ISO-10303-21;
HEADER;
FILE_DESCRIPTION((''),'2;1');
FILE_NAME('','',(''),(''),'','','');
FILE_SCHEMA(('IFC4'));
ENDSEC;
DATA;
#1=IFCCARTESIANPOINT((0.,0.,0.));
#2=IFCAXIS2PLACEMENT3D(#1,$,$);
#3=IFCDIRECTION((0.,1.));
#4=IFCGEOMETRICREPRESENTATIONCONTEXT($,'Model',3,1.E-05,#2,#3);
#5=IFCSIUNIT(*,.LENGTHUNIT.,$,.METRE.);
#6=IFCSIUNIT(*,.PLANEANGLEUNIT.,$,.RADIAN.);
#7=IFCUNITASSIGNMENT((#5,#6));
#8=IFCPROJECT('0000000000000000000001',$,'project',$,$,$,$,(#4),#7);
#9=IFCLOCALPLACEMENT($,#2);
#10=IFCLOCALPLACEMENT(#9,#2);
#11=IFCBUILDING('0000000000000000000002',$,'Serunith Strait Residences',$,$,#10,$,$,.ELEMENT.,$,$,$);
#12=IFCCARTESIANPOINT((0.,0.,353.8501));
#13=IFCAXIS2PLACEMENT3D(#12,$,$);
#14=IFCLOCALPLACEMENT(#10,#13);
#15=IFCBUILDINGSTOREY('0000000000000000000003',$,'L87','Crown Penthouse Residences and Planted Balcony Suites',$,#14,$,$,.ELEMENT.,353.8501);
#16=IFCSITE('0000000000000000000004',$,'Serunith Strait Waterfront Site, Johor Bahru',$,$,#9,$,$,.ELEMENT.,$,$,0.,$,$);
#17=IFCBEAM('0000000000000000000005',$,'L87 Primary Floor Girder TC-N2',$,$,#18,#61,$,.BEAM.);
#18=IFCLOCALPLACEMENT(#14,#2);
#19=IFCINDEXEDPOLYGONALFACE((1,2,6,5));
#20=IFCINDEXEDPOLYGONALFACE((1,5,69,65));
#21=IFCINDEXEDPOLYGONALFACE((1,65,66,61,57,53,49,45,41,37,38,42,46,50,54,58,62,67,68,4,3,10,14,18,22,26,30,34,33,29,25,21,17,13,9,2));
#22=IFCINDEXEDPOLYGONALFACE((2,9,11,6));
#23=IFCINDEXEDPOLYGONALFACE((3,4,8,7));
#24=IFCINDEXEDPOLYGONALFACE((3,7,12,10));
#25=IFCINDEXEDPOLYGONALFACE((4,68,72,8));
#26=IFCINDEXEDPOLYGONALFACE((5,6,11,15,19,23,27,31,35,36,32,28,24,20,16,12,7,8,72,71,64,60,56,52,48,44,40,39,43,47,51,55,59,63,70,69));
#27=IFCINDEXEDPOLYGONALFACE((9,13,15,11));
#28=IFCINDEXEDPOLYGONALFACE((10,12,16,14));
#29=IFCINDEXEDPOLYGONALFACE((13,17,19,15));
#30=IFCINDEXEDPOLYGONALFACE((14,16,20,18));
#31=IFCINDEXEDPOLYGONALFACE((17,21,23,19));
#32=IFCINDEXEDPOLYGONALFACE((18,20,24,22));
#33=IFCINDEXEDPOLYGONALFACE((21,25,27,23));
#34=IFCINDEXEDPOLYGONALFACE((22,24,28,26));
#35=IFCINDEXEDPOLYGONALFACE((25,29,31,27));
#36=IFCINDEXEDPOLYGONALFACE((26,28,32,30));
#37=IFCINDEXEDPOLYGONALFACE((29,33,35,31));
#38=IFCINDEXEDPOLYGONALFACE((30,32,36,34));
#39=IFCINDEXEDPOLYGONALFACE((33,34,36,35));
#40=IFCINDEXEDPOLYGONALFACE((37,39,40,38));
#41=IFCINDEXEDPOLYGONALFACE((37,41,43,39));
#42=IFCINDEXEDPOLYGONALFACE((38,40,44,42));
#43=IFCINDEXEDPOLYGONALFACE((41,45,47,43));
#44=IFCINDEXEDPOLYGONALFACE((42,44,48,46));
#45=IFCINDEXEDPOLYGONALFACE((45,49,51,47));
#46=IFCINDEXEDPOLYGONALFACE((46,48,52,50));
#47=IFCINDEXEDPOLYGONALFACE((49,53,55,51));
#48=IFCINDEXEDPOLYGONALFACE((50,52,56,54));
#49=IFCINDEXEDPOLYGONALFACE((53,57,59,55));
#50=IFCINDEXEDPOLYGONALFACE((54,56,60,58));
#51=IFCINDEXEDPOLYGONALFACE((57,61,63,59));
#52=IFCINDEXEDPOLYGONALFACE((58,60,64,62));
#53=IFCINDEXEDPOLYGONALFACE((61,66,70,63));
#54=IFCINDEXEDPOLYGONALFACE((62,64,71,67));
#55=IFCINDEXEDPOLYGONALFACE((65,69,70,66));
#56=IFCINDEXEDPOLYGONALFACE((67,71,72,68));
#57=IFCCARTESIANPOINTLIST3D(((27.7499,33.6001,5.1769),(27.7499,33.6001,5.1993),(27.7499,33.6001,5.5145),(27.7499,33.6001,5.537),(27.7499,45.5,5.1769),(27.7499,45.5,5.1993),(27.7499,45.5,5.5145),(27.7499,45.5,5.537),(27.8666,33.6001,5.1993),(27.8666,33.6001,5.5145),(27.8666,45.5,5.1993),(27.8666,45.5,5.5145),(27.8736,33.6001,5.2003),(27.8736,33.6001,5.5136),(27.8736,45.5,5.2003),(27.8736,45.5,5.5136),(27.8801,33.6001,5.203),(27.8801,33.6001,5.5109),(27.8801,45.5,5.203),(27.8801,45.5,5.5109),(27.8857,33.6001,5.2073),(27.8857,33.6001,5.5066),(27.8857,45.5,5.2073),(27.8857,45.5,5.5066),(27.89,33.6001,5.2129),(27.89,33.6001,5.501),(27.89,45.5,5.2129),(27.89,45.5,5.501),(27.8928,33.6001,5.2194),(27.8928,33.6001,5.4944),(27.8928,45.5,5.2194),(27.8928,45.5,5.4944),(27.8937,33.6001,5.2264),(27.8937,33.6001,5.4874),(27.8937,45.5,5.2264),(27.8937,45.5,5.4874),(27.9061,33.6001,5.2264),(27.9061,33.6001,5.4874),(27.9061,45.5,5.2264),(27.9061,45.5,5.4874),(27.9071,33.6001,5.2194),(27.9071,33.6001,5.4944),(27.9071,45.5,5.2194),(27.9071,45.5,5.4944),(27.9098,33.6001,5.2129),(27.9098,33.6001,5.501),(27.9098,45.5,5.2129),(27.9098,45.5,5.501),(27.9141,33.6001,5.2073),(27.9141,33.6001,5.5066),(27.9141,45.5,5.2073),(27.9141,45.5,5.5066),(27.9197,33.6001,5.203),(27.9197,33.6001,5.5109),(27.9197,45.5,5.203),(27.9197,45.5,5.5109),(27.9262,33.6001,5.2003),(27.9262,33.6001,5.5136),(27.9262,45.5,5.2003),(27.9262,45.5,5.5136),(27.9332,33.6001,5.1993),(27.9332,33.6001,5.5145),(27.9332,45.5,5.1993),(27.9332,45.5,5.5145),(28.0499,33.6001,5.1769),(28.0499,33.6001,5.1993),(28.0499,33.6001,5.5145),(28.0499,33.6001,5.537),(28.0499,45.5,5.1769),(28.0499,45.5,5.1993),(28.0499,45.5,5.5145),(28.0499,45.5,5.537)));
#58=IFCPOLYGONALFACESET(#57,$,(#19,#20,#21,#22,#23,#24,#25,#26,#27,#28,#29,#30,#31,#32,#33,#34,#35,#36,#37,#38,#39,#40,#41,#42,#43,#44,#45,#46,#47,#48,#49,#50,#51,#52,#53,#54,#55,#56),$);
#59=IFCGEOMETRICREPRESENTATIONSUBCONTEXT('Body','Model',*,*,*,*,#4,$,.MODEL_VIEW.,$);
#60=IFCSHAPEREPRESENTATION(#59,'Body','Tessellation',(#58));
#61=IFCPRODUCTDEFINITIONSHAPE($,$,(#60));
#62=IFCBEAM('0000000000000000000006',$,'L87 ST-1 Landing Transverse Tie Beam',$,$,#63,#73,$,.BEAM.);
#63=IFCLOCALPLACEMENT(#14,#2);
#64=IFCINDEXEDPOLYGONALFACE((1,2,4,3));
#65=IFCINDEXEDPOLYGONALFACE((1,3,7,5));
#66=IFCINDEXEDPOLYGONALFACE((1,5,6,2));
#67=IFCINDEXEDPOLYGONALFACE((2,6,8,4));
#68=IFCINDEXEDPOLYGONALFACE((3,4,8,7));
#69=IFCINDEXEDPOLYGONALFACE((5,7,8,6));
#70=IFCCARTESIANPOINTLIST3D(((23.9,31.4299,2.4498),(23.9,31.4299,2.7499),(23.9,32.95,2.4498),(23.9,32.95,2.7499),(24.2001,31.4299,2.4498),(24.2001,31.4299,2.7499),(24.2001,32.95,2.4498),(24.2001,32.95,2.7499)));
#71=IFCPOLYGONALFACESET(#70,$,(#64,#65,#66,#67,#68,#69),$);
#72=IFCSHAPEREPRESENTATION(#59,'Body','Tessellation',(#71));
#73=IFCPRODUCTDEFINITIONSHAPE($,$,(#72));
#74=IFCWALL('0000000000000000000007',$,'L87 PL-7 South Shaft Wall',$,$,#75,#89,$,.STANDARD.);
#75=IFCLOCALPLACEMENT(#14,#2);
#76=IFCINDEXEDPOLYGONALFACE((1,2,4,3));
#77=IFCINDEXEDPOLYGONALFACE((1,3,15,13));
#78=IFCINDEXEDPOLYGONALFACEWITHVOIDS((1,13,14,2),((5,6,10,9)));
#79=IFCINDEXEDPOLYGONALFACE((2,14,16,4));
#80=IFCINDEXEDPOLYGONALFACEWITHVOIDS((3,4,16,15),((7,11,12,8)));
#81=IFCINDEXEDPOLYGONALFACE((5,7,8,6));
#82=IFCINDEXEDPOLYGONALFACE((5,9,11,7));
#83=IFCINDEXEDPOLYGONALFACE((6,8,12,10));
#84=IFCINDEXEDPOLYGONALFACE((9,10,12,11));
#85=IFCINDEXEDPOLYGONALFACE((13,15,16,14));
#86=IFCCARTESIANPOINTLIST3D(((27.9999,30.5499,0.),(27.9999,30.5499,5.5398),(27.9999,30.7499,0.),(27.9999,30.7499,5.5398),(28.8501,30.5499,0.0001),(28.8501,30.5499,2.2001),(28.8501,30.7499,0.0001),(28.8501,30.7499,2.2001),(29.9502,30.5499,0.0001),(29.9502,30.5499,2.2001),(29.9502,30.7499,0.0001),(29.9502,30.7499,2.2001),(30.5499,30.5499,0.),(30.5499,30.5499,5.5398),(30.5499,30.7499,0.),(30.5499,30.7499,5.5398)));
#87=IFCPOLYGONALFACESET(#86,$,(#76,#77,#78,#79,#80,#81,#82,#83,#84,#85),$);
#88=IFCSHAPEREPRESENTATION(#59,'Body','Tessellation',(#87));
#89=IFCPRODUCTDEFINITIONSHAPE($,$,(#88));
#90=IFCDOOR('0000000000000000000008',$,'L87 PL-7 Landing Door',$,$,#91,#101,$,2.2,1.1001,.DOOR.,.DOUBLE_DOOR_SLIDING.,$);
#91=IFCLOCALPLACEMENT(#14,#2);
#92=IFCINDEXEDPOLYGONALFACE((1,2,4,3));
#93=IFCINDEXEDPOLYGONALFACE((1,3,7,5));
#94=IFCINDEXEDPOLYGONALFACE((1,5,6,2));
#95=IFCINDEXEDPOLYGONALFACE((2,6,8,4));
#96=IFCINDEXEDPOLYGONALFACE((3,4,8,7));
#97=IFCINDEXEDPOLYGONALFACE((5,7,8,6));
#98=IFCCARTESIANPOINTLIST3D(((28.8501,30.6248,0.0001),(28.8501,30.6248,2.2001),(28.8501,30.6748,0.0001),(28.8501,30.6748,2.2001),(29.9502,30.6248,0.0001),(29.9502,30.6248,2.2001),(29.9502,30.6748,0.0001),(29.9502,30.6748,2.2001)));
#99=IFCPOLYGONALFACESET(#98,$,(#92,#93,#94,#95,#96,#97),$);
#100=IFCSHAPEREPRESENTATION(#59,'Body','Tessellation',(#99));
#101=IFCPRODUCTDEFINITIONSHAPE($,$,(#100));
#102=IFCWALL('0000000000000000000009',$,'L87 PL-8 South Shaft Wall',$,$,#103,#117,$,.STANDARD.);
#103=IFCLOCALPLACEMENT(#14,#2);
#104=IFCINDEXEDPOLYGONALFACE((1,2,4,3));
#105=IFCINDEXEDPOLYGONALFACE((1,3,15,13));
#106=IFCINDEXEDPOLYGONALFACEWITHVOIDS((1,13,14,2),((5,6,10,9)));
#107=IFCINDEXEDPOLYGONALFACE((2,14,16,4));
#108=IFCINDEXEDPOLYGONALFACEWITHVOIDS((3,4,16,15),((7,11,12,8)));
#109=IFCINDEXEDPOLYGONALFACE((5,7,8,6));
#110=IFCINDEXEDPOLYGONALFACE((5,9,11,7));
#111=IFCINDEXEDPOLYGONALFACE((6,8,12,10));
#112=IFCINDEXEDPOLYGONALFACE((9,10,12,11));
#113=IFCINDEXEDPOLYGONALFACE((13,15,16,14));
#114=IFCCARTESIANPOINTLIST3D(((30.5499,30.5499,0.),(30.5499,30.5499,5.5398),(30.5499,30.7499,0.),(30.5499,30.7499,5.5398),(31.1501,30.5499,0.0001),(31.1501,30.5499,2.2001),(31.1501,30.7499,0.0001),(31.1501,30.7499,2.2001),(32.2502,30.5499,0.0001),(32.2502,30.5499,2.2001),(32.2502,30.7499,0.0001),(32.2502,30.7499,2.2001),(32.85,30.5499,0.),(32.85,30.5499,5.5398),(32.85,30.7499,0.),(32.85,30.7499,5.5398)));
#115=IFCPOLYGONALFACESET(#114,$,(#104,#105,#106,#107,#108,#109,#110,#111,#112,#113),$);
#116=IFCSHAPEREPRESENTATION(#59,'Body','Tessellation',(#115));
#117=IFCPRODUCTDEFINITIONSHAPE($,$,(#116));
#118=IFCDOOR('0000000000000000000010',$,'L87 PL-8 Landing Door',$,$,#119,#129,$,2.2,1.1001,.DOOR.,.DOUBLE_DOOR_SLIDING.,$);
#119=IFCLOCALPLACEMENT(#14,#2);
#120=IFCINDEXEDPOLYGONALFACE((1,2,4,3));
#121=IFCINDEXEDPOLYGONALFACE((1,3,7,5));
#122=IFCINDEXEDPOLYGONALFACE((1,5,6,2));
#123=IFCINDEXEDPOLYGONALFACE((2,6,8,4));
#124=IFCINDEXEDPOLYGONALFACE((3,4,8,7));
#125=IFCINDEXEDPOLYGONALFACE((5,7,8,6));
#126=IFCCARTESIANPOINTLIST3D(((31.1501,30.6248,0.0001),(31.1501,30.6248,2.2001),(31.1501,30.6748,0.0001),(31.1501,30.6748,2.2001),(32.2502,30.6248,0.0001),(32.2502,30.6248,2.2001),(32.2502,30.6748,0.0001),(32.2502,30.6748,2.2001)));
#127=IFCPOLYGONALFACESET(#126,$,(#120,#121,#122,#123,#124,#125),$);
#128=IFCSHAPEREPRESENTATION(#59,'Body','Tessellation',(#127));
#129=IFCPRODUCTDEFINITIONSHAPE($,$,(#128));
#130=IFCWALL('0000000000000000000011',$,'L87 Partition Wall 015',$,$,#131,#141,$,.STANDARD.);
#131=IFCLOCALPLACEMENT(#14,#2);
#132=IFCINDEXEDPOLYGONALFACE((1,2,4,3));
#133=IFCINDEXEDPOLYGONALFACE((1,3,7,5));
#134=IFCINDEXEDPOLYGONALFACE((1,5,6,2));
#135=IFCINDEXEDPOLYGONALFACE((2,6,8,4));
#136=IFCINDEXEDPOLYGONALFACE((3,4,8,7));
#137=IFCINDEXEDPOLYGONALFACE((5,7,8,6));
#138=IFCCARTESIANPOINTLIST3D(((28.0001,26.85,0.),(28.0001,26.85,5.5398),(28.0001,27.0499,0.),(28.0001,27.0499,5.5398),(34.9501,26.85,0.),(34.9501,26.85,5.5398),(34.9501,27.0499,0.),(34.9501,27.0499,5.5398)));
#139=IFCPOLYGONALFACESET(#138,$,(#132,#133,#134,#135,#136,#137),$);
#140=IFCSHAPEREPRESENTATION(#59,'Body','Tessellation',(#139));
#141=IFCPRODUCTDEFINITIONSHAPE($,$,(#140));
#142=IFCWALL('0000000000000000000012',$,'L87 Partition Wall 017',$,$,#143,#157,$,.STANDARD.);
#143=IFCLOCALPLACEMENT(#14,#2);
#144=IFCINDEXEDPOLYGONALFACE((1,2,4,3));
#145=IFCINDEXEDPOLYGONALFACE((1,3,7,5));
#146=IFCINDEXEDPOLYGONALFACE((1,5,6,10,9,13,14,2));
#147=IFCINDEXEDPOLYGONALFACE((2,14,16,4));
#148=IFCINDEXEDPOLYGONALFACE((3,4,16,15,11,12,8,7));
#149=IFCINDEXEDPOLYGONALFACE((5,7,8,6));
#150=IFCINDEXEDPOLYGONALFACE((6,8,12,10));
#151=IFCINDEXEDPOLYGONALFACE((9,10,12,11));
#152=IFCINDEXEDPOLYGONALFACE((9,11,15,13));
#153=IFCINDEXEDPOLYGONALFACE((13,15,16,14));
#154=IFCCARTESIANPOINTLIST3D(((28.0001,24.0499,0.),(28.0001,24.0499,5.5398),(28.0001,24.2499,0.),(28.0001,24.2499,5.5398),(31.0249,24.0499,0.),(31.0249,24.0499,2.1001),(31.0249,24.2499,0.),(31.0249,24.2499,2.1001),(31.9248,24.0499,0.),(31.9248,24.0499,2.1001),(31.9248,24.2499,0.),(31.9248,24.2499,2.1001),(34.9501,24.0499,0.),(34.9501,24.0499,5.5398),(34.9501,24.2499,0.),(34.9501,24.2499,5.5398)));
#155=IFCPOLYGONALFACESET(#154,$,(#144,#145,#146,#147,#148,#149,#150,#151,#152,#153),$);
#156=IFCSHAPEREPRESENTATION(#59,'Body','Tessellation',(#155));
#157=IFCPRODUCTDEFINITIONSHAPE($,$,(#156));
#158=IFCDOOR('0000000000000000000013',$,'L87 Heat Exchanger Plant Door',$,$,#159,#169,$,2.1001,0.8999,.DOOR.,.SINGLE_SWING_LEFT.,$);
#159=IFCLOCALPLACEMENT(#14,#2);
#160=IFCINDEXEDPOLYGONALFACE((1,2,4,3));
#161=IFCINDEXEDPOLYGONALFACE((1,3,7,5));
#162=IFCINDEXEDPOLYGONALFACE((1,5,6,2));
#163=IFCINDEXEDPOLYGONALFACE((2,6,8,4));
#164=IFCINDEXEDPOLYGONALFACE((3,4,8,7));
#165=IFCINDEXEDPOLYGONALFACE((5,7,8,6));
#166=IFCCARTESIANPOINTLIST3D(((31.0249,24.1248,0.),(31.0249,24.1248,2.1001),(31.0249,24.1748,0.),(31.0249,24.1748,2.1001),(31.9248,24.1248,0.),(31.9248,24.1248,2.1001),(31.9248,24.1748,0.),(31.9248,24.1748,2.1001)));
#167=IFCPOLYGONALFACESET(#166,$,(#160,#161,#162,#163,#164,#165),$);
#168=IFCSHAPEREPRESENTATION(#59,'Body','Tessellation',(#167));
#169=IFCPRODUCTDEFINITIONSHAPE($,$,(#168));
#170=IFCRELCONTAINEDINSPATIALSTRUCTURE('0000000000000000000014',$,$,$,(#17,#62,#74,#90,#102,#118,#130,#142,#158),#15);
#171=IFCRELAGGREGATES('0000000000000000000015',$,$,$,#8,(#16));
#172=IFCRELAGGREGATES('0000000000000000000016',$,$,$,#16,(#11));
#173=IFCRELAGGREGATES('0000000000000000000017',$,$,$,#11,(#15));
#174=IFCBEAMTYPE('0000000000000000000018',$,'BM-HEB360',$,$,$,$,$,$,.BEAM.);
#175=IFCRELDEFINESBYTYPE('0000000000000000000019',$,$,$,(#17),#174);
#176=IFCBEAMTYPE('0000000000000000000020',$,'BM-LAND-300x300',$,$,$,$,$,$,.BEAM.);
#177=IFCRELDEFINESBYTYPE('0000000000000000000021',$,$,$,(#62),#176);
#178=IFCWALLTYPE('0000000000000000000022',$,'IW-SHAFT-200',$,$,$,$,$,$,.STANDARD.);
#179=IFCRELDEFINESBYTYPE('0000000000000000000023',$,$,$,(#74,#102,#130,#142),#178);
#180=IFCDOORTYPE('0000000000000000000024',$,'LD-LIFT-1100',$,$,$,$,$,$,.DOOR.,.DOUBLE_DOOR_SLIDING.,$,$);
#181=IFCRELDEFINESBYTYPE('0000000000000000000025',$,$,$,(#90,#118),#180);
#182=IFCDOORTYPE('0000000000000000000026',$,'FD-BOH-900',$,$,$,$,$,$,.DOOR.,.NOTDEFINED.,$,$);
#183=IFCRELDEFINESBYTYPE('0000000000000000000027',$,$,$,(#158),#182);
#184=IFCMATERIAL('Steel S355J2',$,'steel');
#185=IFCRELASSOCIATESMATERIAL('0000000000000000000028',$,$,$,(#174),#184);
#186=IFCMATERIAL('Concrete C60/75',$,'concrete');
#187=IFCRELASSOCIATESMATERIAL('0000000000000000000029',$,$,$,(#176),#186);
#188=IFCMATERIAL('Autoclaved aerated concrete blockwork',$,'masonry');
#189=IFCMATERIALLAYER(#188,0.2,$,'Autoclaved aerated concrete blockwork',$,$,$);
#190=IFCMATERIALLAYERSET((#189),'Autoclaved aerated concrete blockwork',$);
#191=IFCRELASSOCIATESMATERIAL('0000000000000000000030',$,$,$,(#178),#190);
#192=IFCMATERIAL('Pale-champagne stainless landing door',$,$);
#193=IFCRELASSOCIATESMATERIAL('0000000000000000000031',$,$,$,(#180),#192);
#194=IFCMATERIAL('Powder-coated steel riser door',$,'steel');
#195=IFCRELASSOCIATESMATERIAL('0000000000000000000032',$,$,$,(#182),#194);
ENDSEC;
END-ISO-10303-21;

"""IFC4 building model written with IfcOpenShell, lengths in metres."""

from ifc_helpers import new_model, si_unit, direction, frame, frame_2d, origin, origin_2d, place, context, subcontext, project, spatial, rectangle, i_section, extrude, source, transform, mapped, material, layer, layer_set, material_profile, profile_set, type_object, element, fill, save


model = new_model("IFC4")

# Units and contexts
model_context = context("Model", 3, precision=1e-05, world=origin(), true_north=direction((0.0, 1.0)))
body_context = subcontext(model_context, "Body", "Model", "MODEL_VIEW")
ifc_project = project(units=[si_unit("LENGTHUNIT", "METRE"), si_unit("PLANEANGLEUNIT", "RADIAN")], contexts=[model_context])

# Site, building, storey
site_placement = place(None, origin())
site = spatial("IfcSite", under=ifc_project, at=site_placement, Name="Serunith Strait Waterfront Site, Johor Bahru", CompositionType="ELEMENT", RefElevation=0.0)
building_placement = place(site_placement, origin())
building = spatial("IfcBuilding", under=site, at=building_placement, Name="Serunith Strait Residences", CompositionType="ELEMENT")
storey_placement = place(building_placement, frame((0.0, 0.0, 353.8501)))
storey = spatial("IfcBuildingStorey", under=building, at=storey_placement, Name="L87", Description="Crown Penthouse Residences and Planted Balcony Suites", CompositionType="ELEMENT", Elevation=353.8501)

# Beams
ifc_material_1 = material(Name="Steel S355J2", Category="steel")
ifc_material_profile_1 = material_profile(ifc_material_1, i_section(OverallWidth=0.3, OverallDepth=0.3601, WebThickness=0.0125, FlangeThickness=0.0225, FilletRadius=0.0271, at=origin_2d()), Name="HEB 360")
ifc_profile_set_1 = profile_set([ifc_material_profile_1], Name="Steel S355J2")
beam_type_1 = type_object("IfcBeamType", Name="BM-HEB360", PredefinedType="BEAM", material=ifc_profile_set_1)
shared_shape_1 = source(origin(), body_context, "Body", "SweptSolid", [
    extrude(i_section(OverallWidth=0.3, OverallDepth=0.3601, WebThickness=0.0125, FlangeThickness=0.0225, FilletRadius=0.0271, at=origin_2d()), origin(), (0.0, 0.0, 1.0), 11.8999),
])
beam_1_placement = place(storey_placement, frame((27.8999, 33.6001, 5.3569), z_axis=(0.0, 1.0, 0.0), x_axis=(-1.0, 0.0, 0.0)))
element("IfcBeam", 1, at=beam_1_placement, inside=storey, type_object=beam_type_1, Name="L87 Primary Floor Girder TC-N2", PredefinedType="BEAM", context=body_context, shape_type="MappedRepresentation", body=[
    mapped(shared_shape_1, transform((0.0, 0.0, 0.0), scale=1.0)),
])
ifc_material_2 = material(Name="Concrete C60/75", Category="concrete")
ifc_material_profile_2 = material_profile(ifc_material_2, rectangle(XDim=0.3, YDim=0.3, at=origin_2d()), Name="RC 300x300")
ifc_profile_set_2 = profile_set([ifc_material_profile_2], Name="Concrete C60/75")
beam_type_2 = type_object("IfcBeamType", Name="BM-LAND-300x300", PredefinedType="BEAM", material=ifc_profile_set_2)
shared_shape_2 = source(origin(), body_context, "Body", "SweptSolid", [
    extrude(rectangle(XDim=0.3, YDim=0.3, at=origin_2d()), origin(), (0.0, 0.0, 1.0), 1.52),
])
beam_2_placement = place(storey_placement, frame((24.05, 31.4299, 2.5999), z_axis=(0.0, 1.0, 0.0), x_axis=(-1.0, 0.0, 0.0)))
element("IfcBeam", 2, at=beam_2_placement, inside=storey, type_object=beam_type_2, Name="L87 ST-1 Landing Transverse Tie Beam", PredefinedType="BEAM", context=body_context, shape_type="MappedRepresentation", body=[
    mapped(shared_shape_2, transform((0.0, 0.0, 0.0), scale=1.0)),
])

# Walls, openings, doors
ifc_material_3 = material(Name="Autoclaved aerated concrete blockwork", Category="masonry")
ifc_layer = layer(ifc_material_3, 0.2, Name="Autoclaved aerated concrete blockwork")
ifc_layer_set = layer_set([ifc_layer], Name="Autoclaved aerated concrete blockwork")
wall_type = type_object("IfcWallType", Name="IW-SHAFT-200", PredefinedType="STANDARD", material=ifc_layer_set)
wall_1_placement = place(storey_placement, frame((28.0, 30.6499, 0.0), z_axis=(0.0, 0.0, 1.0), x_axis=(1.0, 0.0, 0.0)))
wall_1 = element("IfcWall", 3, at=wall_1_placement, inside=storey, type_object=wall_type, Name="L87 PL-7 South Shaft Wall", PredefinedType="STANDARD", context=body_context, shape_type="SweptSolid", body=[
    extrude(rectangle(XDim=2.55, YDim=0.2, at=frame_2d((1.2749, 0.0))), origin(), (0.0, 0.0, 1.0), 5.5398),
])
opening_1_placement = place(wall_1_placement, frame((0.8501, 0.0, 0.0)))
opening_1 = element("IfcOpeningElement", 4, at=opening_1_placement, cuts=wall_1, PredefinedType="OPENING", context=body_context, shape_type="SweptSolid", body=[
    extrude(rectangle(XDim=1.1001, YDim=2.2, at=frame_2d((0.55, 1.1001))), frame((0.0, 0.1099, 0.0), z_axis=(0.0, -1.0, 0.0), x_axis=(1.0, 0.0, 0.0)), (0.0, 0.0, 1.0), 0.22),
])
ifc_material_4 = material(Name="Pale-champagne stainless landing door")
door_type_1 = type_object("IfcDoorType", Name="LD-LIFT-1100", OperationType="DOUBLE_DOOR_SLIDING", PredefinedType="DOOR", material=ifc_material_4)
shared_shape_3 = source(origin(), body_context, "Body", "SweptSolid", [
    extrude(rectangle(XDim=1.1001, YDim=2.2, at=frame_2d((0.55, 1.1001))), frame((0.0, 0.0249, 0.0), z_axis=(0.0, -1.0, 0.0), x_axis=(1.0, 0.0, 0.0)), (0.0, 0.0, 1.0), 0.05),
])
door_1_placement = place(opening_1_placement, origin())
door_1 = element("IfcDoor", 5, at=door_1_placement, inside=storey, type_object=door_type_1, Name="L87 PL-7 Landing Door", OperationType="DOUBLE_DOOR_SLIDING", OverallHeight=2.2, OverallWidth=1.1001, PredefinedType="DOOR", context=body_context, shape_type="MappedRepresentation", body=[
    mapped(shared_shape_3, transform((0.0, 0.0, 0.0), scale=1.0)),
])
fill(opening_1, door_1)
wall_2_placement = place(storey_placement, frame((30.55, 30.6499, 0.0), z_axis=(0.0, 0.0, 1.0), x_axis=(1.0, 0.0, 0.0)))
wall_2 = element("IfcWall", 6, at=wall_2_placement, inside=storey, type_object=wall_type, Name="L87 PL-8 South Shaft Wall", PredefinedType="STANDARD", context=body_context, shape_type="SweptSolid", body=[
    extrude(rectangle(XDim=2.3, YDim=0.2, at=frame_2d((1.1499, 0.0))), origin(), (0.0, 0.0, 1.0), 5.5398),
])
opening_2_placement = place(wall_2_placement, frame((0.6001, 0.0, 0.0)))
opening_2 = element("IfcOpeningElement", 7, at=opening_2_placement, cuts=wall_2, PredefinedType="OPENING", context=body_context, shape_type="SweptSolid", body=[
    extrude(rectangle(XDim=1.1001, YDim=2.2, at=frame_2d((0.55, 1.1001))), frame((0.0, 0.1099, 0.0), z_axis=(0.0, -1.0, 0.0), x_axis=(1.0, 0.0, 0.0)), (0.0, 0.0, 1.0), 0.22),
])
door_2_placement = place(opening_2_placement, origin())
door_2 = element("IfcDoor", 8, at=door_2_placement, inside=storey, type_object=door_type_1, Name="L87 PL-8 Landing Door", OperationType="DOUBLE_DOOR_SLIDING", OverallHeight=2.2, OverallWidth=1.1001, PredefinedType="DOOR", context=body_context, shape_type="MappedRepresentation", body=[
    mapped(shared_shape_3, transform((0.0, 0.0, 0.0), scale=1.0)),
])
fill(opening_2, door_2)

# Wall
wall_3_placement = place(storey_placement, frame((28.0, 26.95, 0.0), z_axis=(0.0, 0.0, 1.0), x_axis=(1.0, 0.0, 0.0)))
element("IfcWall", 9, at=wall_3_placement, inside=storey, type_object=wall_type, Name="L87 Partition Wall 015", PredefinedType="STANDARD", context=body_context, shape_type="SweptSolid", body=[
    extrude(rectangle(XDim=6.95, YDim=0.2, at=frame_2d((3.4751, 0.0))), origin(), (0.0, 0.0, 1.0), 5.5398),
])

# Wall, opening, door
wall_4_placement = place(storey_placement, frame((28.0, 24.1499, 0.0), z_axis=(0.0, 0.0, 1.0), x_axis=(1.0, 0.0, 0.0)))
wall_4 = element("IfcWall", 10, at=wall_4_placement, inside=storey, type_object=wall_type, Name="L87 Partition Wall 017", PredefinedType="STANDARD", context=body_context, shape_type="SweptSolid", body=[
    extrude(rectangle(XDim=6.95, YDim=0.2, at=frame_2d((3.4751, 0.0))), origin(), (0.0, 0.0, 1.0), 5.5398),
])
opening_3_placement = place(wall_4_placement, frame((3.0249, 0.0, 0.0)))
opening_3 = element("IfcOpeningElement", 11, at=opening_3_placement, cuts=wall_4, PredefinedType="OPENING", context=body_context, shape_type="SweptSolid", body=[
    extrude(rectangle(XDim=0.8999, YDim=2.1001, at=frame_2d((0.45, 1.05))), frame((0.0, 0.1099, 0.0), z_axis=(0.0, -1.0, 0.0), x_axis=(1.0, 0.0, 0.0)), (0.0, 0.0, 1.0), 0.22),
])
ifc_material_5 = material(Name="Powder-coated steel riser door", Category="steel")
door_type_2 = type_object("IfcDoorType", Name="FD-BOH-900", OperationType="NOTDEFINED", PredefinedType="DOOR", material=ifc_material_5)
shared_shape_4 = source(origin(), body_context, "Body", "SweptSolid", [
    extrude(rectangle(XDim=0.8999, YDim=2.1001, at=frame_2d((0.45, 1.05))), frame((0.0, 0.0249, 0.0), z_axis=(0.0, -1.0, 0.0), x_axis=(1.0, 0.0, 0.0)), (0.0, 0.0, 1.0), 0.05),
])
door_3_placement = place(opening_3_placement, origin())
door_3 = element("IfcDoor", 12, at=door_3_placement, inside=storey, type_object=door_type_2, Name="L87 Heat Exchanger Plant Door", OperationType="SINGLE_SWING_LEFT", OverallHeight=2.1001, OverallWidth=0.8999, PredefinedType="DOOR", context=body_context, shape_type="MappedRepresentation", body=[
    mapped(shared_shape_4, transform((0.0, 0.0, 0.0), scale=1.0)),
])
fill(opening_3, door_3)

save(model, "model.ifc")
